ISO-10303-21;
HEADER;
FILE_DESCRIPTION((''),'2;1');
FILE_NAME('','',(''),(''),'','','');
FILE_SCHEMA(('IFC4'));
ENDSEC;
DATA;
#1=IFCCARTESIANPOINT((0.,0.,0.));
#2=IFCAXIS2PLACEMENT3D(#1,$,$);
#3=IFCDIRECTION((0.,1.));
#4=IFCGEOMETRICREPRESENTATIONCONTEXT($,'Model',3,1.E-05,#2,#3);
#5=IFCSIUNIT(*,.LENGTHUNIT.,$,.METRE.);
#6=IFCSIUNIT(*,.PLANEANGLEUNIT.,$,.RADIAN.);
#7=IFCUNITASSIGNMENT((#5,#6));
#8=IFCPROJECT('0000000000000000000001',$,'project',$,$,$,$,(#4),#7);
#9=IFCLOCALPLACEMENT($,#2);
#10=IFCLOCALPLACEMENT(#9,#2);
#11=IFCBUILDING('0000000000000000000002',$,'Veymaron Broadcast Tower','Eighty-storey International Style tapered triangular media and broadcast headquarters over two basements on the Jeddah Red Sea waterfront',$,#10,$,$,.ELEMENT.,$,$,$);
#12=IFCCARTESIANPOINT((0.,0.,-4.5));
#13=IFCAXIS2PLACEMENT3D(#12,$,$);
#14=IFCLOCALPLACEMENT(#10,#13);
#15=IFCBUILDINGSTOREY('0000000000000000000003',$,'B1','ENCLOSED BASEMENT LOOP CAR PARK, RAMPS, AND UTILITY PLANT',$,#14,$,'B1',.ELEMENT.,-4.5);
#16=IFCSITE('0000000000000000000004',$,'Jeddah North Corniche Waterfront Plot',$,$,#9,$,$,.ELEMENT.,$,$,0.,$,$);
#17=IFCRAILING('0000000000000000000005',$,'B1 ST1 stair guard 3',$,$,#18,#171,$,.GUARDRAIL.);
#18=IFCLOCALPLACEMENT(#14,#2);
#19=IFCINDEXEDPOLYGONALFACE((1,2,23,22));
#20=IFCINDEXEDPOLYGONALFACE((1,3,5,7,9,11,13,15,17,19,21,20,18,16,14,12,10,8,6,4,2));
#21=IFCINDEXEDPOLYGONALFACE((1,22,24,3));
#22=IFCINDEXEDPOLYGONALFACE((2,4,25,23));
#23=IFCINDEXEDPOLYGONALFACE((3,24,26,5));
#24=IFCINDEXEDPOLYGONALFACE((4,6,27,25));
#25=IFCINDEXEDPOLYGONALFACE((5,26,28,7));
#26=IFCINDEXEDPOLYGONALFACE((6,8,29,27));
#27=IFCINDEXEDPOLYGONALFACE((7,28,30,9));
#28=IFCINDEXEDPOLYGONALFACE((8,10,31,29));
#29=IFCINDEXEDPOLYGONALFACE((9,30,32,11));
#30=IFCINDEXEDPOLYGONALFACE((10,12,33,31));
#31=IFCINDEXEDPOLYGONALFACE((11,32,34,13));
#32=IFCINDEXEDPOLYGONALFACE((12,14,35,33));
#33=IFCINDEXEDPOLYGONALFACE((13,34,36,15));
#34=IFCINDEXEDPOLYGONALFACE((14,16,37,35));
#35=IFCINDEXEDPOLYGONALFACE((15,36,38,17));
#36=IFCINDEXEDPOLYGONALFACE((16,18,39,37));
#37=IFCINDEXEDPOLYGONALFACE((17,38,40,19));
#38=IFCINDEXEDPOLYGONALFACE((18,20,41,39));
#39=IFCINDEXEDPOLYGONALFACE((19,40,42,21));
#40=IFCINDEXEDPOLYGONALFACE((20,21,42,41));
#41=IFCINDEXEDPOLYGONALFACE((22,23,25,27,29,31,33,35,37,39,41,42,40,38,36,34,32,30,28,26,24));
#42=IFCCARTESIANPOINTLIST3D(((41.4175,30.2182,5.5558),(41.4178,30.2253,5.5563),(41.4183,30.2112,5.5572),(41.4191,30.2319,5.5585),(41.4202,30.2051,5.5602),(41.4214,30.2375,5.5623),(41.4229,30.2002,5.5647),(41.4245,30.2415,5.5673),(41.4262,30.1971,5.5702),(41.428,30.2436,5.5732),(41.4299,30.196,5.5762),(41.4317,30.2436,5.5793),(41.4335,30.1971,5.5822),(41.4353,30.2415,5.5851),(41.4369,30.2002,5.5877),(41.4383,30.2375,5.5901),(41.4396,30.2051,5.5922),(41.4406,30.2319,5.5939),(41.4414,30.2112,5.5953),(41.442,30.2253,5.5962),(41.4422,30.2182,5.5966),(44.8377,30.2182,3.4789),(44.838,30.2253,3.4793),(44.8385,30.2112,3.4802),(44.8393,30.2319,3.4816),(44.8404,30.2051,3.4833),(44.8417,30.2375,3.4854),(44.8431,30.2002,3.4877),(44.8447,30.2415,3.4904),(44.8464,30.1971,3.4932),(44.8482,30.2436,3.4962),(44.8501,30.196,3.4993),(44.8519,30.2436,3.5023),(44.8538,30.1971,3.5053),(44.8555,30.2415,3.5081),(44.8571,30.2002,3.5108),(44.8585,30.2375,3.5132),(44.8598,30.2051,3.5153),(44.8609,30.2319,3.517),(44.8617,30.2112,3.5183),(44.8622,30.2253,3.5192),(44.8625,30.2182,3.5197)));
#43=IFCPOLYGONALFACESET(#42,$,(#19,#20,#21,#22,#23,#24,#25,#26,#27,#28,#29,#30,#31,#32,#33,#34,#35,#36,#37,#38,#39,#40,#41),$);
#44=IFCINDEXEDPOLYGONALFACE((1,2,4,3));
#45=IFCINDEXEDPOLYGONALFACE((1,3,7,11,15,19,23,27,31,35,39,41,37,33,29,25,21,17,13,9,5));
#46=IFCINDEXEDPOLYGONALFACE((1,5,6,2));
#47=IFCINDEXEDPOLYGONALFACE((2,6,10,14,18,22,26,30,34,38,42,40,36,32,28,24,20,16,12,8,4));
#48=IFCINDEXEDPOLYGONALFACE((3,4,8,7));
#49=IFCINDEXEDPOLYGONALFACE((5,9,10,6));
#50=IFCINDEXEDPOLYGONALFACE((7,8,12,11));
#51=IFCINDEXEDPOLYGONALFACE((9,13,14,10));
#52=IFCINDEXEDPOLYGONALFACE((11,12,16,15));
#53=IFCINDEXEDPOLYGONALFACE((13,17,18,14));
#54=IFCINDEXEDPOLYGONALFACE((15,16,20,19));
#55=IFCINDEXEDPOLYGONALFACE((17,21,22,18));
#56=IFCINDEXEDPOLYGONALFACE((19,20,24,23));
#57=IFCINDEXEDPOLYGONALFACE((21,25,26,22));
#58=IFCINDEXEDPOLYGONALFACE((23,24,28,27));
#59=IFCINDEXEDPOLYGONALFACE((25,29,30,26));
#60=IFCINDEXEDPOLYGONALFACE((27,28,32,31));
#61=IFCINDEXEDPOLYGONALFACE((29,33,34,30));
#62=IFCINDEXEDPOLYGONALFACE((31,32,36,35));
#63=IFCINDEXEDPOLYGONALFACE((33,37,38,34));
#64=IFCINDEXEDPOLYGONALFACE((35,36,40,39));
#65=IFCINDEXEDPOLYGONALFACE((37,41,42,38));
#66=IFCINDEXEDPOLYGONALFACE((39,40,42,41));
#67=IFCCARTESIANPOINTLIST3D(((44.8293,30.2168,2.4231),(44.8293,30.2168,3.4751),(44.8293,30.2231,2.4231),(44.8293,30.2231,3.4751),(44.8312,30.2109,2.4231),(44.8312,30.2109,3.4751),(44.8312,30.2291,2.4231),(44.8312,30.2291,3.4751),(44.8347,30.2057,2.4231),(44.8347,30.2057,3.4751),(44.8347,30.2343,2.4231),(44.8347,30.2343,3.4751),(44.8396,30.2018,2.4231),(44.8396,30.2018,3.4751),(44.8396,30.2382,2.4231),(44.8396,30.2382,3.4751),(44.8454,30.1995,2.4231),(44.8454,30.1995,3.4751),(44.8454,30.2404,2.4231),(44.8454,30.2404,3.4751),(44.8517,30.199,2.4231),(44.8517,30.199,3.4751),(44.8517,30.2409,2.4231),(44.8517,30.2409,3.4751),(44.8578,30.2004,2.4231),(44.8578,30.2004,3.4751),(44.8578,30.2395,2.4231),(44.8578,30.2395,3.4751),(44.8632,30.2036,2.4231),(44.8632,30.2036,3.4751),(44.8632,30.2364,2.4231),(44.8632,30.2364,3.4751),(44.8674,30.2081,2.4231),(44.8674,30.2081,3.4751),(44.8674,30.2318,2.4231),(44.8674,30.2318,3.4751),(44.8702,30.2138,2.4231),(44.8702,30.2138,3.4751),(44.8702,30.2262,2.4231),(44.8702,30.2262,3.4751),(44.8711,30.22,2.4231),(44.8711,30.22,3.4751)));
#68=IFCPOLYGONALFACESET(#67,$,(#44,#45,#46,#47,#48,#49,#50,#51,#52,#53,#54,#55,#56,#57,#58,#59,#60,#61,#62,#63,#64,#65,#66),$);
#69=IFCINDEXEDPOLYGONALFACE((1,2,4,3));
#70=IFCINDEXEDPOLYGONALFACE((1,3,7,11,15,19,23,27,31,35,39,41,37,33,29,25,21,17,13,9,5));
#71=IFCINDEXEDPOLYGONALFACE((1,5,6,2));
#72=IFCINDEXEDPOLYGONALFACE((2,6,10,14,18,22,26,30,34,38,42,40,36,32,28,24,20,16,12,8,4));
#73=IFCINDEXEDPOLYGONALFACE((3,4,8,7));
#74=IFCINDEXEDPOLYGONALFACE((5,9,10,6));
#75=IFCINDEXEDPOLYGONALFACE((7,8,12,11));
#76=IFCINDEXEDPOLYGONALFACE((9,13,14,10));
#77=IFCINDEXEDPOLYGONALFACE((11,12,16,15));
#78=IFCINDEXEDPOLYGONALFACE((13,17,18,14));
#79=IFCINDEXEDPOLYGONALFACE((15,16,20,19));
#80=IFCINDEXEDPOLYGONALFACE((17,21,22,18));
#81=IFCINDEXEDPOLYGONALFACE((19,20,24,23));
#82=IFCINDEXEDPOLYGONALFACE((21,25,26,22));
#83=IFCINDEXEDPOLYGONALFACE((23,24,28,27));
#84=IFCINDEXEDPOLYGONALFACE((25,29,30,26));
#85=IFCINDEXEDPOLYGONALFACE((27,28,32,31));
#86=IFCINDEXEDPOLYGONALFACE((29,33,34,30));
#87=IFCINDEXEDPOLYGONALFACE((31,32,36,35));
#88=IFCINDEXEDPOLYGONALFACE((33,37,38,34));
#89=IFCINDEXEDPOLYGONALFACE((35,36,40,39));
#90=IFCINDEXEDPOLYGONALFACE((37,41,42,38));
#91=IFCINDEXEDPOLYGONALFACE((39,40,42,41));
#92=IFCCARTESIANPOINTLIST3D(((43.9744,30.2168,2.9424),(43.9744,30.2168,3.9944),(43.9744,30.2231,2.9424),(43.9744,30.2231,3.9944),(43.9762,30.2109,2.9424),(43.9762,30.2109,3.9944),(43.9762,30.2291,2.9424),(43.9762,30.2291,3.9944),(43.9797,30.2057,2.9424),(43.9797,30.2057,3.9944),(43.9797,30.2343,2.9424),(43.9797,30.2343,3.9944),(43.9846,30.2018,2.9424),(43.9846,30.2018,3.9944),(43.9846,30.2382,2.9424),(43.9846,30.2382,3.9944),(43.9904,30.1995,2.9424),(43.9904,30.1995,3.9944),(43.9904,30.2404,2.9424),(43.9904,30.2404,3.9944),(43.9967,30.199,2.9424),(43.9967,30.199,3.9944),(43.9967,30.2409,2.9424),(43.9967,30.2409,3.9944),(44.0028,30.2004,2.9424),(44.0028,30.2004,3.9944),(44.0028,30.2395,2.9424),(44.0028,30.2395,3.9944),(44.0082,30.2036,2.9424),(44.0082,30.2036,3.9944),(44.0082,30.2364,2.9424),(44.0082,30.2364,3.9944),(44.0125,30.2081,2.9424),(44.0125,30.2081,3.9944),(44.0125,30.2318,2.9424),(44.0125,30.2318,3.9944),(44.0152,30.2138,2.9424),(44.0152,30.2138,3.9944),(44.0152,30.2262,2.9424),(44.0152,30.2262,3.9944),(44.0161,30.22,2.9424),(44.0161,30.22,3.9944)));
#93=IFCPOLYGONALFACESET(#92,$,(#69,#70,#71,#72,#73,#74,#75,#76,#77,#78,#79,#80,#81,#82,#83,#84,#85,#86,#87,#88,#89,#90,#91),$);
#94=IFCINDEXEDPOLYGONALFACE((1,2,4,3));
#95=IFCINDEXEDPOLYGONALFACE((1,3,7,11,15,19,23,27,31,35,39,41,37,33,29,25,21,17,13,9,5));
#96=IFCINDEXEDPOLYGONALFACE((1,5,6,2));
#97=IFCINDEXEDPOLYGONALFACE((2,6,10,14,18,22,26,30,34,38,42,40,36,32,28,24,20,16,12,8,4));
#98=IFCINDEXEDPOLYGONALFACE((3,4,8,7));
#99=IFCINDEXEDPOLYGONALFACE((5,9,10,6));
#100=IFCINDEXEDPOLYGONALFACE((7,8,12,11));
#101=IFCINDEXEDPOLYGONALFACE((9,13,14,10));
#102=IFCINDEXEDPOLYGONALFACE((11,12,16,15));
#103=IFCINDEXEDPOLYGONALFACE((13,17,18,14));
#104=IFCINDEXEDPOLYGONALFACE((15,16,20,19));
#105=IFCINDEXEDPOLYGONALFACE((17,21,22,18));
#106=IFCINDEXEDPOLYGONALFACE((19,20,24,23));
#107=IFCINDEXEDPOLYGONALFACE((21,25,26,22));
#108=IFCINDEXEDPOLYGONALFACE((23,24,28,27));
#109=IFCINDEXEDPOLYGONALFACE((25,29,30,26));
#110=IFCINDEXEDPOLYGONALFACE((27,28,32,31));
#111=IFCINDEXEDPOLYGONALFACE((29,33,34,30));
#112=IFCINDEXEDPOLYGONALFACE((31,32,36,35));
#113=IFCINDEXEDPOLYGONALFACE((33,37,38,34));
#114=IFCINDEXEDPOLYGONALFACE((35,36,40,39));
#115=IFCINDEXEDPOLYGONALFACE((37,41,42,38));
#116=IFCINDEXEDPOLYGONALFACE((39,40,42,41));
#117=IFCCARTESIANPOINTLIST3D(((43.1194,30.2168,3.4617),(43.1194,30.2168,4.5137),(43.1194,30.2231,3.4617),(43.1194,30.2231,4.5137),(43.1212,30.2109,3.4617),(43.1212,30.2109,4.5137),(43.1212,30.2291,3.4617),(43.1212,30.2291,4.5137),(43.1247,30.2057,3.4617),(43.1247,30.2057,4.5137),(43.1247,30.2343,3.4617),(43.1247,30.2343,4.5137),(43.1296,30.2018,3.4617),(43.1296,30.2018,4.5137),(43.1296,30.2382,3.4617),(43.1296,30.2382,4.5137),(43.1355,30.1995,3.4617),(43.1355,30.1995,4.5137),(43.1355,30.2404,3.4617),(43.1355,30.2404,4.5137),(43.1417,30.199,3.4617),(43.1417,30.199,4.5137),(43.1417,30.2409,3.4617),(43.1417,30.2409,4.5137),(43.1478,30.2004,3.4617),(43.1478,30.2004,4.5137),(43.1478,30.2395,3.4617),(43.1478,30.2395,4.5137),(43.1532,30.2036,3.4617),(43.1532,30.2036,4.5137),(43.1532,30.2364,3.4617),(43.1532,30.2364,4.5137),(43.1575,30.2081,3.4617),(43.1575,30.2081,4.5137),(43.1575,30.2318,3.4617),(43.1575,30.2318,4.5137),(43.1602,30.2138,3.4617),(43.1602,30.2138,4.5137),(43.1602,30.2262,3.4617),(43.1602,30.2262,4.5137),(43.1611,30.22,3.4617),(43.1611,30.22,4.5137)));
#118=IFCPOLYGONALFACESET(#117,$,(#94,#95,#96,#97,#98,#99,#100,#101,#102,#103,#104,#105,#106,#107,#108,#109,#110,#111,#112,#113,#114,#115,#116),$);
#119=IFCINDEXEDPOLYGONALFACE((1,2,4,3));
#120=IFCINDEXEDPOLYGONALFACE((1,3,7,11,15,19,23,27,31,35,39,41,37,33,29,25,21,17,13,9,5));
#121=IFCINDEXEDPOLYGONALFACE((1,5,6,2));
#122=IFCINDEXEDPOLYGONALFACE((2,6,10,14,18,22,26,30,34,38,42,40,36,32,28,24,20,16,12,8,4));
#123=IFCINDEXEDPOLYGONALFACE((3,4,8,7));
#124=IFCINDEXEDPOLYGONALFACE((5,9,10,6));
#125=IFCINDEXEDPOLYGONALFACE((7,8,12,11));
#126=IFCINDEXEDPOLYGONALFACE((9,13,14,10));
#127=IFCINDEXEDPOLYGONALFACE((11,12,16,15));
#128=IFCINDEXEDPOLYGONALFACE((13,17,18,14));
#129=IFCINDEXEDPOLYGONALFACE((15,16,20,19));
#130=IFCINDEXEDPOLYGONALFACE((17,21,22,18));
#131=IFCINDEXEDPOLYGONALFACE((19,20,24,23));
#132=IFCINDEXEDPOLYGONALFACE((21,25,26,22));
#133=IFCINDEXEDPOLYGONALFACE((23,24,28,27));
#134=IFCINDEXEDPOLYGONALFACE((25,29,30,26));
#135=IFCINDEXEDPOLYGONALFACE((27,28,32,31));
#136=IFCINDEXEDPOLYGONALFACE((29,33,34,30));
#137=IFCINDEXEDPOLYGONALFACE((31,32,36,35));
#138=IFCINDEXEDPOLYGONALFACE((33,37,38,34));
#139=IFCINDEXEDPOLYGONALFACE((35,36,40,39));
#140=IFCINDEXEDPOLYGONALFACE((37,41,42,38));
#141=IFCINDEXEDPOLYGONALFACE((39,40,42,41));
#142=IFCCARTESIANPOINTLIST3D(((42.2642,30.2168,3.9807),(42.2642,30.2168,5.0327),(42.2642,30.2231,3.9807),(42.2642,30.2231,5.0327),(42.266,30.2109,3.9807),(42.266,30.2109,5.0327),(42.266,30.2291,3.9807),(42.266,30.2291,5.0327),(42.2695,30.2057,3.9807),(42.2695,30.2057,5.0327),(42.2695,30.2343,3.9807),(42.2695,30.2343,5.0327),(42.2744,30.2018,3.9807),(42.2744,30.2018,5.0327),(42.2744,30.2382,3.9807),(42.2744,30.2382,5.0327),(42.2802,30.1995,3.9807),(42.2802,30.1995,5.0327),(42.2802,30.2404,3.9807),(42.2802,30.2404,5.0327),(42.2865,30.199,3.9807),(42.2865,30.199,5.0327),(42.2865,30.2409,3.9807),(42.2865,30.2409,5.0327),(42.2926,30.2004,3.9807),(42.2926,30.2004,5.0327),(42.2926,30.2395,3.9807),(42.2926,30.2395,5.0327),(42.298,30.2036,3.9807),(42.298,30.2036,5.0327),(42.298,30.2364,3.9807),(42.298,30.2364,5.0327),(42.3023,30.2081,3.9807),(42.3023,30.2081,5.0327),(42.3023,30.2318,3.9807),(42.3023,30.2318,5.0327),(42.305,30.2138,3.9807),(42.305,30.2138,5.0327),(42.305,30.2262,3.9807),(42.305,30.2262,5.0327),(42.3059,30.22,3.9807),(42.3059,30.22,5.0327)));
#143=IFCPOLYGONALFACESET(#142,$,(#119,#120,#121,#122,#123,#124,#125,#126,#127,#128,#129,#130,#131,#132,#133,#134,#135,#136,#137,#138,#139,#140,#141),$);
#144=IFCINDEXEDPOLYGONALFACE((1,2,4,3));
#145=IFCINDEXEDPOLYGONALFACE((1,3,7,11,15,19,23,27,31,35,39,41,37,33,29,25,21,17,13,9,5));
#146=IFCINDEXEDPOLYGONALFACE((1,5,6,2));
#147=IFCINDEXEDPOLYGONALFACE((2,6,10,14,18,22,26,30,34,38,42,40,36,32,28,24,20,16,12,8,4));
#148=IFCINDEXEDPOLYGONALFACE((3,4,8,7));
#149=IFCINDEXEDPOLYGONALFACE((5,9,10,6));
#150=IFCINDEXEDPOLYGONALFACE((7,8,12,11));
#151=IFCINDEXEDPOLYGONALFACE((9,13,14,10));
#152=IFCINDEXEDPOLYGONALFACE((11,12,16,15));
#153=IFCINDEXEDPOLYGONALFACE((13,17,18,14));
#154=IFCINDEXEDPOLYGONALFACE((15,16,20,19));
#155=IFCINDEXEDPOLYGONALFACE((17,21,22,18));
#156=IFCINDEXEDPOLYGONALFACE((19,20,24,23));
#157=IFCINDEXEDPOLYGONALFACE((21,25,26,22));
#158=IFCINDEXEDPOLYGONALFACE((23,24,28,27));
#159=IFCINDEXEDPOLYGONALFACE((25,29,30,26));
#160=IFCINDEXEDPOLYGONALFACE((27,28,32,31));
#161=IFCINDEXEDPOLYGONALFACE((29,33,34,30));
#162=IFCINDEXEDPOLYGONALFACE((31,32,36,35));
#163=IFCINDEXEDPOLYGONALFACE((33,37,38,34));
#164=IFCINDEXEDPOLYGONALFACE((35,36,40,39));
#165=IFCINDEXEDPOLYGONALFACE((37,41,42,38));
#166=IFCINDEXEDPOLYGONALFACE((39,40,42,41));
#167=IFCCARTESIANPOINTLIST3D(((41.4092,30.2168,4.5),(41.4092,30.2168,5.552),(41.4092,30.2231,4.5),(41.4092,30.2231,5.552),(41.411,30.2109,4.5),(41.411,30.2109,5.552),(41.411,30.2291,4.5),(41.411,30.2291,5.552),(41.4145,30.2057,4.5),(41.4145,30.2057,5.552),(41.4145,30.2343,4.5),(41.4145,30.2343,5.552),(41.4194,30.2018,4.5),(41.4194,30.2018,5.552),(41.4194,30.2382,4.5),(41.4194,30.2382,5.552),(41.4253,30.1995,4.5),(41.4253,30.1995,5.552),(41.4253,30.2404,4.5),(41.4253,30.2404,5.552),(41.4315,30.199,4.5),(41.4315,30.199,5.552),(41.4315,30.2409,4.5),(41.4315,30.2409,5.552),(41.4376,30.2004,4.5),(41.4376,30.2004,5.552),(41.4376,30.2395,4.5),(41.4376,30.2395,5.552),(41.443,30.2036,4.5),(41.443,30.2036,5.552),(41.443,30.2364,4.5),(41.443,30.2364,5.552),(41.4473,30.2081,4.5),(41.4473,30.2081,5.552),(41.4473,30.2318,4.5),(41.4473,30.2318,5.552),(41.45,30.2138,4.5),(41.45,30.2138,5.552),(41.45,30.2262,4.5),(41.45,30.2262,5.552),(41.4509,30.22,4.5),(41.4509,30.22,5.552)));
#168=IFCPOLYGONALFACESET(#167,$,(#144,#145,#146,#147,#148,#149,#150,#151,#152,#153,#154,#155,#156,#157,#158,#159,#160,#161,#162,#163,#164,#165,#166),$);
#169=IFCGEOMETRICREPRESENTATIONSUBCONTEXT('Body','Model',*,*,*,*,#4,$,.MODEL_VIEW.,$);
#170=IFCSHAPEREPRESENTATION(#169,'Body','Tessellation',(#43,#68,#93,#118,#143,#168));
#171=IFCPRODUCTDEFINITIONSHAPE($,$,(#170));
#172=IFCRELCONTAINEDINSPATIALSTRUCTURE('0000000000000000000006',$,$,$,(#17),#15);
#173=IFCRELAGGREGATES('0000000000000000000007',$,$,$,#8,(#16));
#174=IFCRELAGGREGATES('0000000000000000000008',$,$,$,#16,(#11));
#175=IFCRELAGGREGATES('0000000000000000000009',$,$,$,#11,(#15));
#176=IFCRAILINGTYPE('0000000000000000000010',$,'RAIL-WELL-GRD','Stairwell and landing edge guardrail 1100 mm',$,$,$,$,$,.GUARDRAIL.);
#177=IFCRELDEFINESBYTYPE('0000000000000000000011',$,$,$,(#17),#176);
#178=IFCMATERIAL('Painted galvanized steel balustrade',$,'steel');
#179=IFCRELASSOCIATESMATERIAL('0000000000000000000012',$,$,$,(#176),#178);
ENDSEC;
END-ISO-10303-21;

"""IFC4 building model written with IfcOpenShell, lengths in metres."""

from ifc_helpers import new_model, si_unit, direction, frame, origin, origin_2d, place, context, subcontext, project, spatial, circle, extrude, material, type_object, element, save


model = new_model("IFC4")

# Units and contexts
model_context = context("Model", 3, precision=1e-05, world=origin(), true_north=direction((0.0, 1.0)))
body_context = subcontext(model_context, "Body", "Model", "MODEL_VIEW")
ifc_project = project(units=[si_unit("LENGTHUNIT", "METRE"), si_unit("PLANEANGLEUNIT", "RADIAN")], contexts=[model_context])

# Site, building, storey
site_placement = place(None, origin())
site = spatial("IfcSite", under=ifc_project, at=site_placement, Name="Jeddah North Corniche Waterfront Plot", CompositionType="ELEMENT", RefElevation=0.0)
building_placement = place(site_placement, origin())
building = spatial("IfcBuilding", under=site, at=building_placement, Name="Veymaron Broadcast Tower", Description="Eighty-storey International Style tapered triangular media and broadcast headquarters over two basements on the Jeddah Red Sea waterfront", CompositionType="ELEMENT")
storey_placement = place(building_placement, frame((0.0, 0.0, -4.5)))
storey = spatial("IfcBuildingStorey", under=building, at=storey_placement, Name="B1", Description="ENCLOSED BASEMENT LOOP CAR PARK, RAMPS, AND UTILITY PLANT", LongName="B1", CompositionType="ELEMENT", Elevation=-4.5)

# Railing
ifc_material_1 = material(Name="Painted galvanized steel balustrade", Category="steel")
railing_type_1 = type_object("IfcRailingType", Name="RAIL-WELL-GRD", Description="Stairwell and landing edge guardrail 1100 mm", PredefinedType="GUARDRAIL", material=ifc_material_1)
railing_1_placement = place(storey_placement, frame((44.8501, 30.22, 2.4231)))
element("IfcRailing", 1, at=railing_1_placement, inside=storey, type_object=railing_type_1, Name="B1 ST1 stair guard 3", PredefinedType="GUARDRAIL", context=body_context, shape_type="SweptSolid", body=[
    extrude(circle(Radius=0.0239, at=origin_2d()), frame((0.0, 0.0, 1.0762), z_axis=(-0.854746, 0.0, 0.519047), x_axis=(0.0, -1.0, 0.0)), (0.0, 0.0, 1.0), 4.0015),
    extrude(circle(Radius=0.021, at=origin_2d()), origin(), (0.0, 0.0, 1.0), 1.052),
    extrude(circle(Radius=0.021, at=origin_2d()), frame((-0.855, 0.0, 0.5193)), (0.0, 0.0, 1.0), 1.052),
    extrude(circle(Radius=0.021, at=origin_2d()), frame((-1.71, 0.0, 1.0386)), (0.0, 0.0, 1.0), 1.052),
    extrude(circle(Radius=0.021, at=origin_2d()), frame((-2.5652, 0.0, 1.5576)), (0.0, 0.0, 1.0), 1.052),
    extrude(circle(Radius=0.021, at=origin_2d()), frame((-3.4202, 0.0, 2.0769)), (0.0, 0.0, 1.0), 1.052),
])

save(model, "model.ifc")
